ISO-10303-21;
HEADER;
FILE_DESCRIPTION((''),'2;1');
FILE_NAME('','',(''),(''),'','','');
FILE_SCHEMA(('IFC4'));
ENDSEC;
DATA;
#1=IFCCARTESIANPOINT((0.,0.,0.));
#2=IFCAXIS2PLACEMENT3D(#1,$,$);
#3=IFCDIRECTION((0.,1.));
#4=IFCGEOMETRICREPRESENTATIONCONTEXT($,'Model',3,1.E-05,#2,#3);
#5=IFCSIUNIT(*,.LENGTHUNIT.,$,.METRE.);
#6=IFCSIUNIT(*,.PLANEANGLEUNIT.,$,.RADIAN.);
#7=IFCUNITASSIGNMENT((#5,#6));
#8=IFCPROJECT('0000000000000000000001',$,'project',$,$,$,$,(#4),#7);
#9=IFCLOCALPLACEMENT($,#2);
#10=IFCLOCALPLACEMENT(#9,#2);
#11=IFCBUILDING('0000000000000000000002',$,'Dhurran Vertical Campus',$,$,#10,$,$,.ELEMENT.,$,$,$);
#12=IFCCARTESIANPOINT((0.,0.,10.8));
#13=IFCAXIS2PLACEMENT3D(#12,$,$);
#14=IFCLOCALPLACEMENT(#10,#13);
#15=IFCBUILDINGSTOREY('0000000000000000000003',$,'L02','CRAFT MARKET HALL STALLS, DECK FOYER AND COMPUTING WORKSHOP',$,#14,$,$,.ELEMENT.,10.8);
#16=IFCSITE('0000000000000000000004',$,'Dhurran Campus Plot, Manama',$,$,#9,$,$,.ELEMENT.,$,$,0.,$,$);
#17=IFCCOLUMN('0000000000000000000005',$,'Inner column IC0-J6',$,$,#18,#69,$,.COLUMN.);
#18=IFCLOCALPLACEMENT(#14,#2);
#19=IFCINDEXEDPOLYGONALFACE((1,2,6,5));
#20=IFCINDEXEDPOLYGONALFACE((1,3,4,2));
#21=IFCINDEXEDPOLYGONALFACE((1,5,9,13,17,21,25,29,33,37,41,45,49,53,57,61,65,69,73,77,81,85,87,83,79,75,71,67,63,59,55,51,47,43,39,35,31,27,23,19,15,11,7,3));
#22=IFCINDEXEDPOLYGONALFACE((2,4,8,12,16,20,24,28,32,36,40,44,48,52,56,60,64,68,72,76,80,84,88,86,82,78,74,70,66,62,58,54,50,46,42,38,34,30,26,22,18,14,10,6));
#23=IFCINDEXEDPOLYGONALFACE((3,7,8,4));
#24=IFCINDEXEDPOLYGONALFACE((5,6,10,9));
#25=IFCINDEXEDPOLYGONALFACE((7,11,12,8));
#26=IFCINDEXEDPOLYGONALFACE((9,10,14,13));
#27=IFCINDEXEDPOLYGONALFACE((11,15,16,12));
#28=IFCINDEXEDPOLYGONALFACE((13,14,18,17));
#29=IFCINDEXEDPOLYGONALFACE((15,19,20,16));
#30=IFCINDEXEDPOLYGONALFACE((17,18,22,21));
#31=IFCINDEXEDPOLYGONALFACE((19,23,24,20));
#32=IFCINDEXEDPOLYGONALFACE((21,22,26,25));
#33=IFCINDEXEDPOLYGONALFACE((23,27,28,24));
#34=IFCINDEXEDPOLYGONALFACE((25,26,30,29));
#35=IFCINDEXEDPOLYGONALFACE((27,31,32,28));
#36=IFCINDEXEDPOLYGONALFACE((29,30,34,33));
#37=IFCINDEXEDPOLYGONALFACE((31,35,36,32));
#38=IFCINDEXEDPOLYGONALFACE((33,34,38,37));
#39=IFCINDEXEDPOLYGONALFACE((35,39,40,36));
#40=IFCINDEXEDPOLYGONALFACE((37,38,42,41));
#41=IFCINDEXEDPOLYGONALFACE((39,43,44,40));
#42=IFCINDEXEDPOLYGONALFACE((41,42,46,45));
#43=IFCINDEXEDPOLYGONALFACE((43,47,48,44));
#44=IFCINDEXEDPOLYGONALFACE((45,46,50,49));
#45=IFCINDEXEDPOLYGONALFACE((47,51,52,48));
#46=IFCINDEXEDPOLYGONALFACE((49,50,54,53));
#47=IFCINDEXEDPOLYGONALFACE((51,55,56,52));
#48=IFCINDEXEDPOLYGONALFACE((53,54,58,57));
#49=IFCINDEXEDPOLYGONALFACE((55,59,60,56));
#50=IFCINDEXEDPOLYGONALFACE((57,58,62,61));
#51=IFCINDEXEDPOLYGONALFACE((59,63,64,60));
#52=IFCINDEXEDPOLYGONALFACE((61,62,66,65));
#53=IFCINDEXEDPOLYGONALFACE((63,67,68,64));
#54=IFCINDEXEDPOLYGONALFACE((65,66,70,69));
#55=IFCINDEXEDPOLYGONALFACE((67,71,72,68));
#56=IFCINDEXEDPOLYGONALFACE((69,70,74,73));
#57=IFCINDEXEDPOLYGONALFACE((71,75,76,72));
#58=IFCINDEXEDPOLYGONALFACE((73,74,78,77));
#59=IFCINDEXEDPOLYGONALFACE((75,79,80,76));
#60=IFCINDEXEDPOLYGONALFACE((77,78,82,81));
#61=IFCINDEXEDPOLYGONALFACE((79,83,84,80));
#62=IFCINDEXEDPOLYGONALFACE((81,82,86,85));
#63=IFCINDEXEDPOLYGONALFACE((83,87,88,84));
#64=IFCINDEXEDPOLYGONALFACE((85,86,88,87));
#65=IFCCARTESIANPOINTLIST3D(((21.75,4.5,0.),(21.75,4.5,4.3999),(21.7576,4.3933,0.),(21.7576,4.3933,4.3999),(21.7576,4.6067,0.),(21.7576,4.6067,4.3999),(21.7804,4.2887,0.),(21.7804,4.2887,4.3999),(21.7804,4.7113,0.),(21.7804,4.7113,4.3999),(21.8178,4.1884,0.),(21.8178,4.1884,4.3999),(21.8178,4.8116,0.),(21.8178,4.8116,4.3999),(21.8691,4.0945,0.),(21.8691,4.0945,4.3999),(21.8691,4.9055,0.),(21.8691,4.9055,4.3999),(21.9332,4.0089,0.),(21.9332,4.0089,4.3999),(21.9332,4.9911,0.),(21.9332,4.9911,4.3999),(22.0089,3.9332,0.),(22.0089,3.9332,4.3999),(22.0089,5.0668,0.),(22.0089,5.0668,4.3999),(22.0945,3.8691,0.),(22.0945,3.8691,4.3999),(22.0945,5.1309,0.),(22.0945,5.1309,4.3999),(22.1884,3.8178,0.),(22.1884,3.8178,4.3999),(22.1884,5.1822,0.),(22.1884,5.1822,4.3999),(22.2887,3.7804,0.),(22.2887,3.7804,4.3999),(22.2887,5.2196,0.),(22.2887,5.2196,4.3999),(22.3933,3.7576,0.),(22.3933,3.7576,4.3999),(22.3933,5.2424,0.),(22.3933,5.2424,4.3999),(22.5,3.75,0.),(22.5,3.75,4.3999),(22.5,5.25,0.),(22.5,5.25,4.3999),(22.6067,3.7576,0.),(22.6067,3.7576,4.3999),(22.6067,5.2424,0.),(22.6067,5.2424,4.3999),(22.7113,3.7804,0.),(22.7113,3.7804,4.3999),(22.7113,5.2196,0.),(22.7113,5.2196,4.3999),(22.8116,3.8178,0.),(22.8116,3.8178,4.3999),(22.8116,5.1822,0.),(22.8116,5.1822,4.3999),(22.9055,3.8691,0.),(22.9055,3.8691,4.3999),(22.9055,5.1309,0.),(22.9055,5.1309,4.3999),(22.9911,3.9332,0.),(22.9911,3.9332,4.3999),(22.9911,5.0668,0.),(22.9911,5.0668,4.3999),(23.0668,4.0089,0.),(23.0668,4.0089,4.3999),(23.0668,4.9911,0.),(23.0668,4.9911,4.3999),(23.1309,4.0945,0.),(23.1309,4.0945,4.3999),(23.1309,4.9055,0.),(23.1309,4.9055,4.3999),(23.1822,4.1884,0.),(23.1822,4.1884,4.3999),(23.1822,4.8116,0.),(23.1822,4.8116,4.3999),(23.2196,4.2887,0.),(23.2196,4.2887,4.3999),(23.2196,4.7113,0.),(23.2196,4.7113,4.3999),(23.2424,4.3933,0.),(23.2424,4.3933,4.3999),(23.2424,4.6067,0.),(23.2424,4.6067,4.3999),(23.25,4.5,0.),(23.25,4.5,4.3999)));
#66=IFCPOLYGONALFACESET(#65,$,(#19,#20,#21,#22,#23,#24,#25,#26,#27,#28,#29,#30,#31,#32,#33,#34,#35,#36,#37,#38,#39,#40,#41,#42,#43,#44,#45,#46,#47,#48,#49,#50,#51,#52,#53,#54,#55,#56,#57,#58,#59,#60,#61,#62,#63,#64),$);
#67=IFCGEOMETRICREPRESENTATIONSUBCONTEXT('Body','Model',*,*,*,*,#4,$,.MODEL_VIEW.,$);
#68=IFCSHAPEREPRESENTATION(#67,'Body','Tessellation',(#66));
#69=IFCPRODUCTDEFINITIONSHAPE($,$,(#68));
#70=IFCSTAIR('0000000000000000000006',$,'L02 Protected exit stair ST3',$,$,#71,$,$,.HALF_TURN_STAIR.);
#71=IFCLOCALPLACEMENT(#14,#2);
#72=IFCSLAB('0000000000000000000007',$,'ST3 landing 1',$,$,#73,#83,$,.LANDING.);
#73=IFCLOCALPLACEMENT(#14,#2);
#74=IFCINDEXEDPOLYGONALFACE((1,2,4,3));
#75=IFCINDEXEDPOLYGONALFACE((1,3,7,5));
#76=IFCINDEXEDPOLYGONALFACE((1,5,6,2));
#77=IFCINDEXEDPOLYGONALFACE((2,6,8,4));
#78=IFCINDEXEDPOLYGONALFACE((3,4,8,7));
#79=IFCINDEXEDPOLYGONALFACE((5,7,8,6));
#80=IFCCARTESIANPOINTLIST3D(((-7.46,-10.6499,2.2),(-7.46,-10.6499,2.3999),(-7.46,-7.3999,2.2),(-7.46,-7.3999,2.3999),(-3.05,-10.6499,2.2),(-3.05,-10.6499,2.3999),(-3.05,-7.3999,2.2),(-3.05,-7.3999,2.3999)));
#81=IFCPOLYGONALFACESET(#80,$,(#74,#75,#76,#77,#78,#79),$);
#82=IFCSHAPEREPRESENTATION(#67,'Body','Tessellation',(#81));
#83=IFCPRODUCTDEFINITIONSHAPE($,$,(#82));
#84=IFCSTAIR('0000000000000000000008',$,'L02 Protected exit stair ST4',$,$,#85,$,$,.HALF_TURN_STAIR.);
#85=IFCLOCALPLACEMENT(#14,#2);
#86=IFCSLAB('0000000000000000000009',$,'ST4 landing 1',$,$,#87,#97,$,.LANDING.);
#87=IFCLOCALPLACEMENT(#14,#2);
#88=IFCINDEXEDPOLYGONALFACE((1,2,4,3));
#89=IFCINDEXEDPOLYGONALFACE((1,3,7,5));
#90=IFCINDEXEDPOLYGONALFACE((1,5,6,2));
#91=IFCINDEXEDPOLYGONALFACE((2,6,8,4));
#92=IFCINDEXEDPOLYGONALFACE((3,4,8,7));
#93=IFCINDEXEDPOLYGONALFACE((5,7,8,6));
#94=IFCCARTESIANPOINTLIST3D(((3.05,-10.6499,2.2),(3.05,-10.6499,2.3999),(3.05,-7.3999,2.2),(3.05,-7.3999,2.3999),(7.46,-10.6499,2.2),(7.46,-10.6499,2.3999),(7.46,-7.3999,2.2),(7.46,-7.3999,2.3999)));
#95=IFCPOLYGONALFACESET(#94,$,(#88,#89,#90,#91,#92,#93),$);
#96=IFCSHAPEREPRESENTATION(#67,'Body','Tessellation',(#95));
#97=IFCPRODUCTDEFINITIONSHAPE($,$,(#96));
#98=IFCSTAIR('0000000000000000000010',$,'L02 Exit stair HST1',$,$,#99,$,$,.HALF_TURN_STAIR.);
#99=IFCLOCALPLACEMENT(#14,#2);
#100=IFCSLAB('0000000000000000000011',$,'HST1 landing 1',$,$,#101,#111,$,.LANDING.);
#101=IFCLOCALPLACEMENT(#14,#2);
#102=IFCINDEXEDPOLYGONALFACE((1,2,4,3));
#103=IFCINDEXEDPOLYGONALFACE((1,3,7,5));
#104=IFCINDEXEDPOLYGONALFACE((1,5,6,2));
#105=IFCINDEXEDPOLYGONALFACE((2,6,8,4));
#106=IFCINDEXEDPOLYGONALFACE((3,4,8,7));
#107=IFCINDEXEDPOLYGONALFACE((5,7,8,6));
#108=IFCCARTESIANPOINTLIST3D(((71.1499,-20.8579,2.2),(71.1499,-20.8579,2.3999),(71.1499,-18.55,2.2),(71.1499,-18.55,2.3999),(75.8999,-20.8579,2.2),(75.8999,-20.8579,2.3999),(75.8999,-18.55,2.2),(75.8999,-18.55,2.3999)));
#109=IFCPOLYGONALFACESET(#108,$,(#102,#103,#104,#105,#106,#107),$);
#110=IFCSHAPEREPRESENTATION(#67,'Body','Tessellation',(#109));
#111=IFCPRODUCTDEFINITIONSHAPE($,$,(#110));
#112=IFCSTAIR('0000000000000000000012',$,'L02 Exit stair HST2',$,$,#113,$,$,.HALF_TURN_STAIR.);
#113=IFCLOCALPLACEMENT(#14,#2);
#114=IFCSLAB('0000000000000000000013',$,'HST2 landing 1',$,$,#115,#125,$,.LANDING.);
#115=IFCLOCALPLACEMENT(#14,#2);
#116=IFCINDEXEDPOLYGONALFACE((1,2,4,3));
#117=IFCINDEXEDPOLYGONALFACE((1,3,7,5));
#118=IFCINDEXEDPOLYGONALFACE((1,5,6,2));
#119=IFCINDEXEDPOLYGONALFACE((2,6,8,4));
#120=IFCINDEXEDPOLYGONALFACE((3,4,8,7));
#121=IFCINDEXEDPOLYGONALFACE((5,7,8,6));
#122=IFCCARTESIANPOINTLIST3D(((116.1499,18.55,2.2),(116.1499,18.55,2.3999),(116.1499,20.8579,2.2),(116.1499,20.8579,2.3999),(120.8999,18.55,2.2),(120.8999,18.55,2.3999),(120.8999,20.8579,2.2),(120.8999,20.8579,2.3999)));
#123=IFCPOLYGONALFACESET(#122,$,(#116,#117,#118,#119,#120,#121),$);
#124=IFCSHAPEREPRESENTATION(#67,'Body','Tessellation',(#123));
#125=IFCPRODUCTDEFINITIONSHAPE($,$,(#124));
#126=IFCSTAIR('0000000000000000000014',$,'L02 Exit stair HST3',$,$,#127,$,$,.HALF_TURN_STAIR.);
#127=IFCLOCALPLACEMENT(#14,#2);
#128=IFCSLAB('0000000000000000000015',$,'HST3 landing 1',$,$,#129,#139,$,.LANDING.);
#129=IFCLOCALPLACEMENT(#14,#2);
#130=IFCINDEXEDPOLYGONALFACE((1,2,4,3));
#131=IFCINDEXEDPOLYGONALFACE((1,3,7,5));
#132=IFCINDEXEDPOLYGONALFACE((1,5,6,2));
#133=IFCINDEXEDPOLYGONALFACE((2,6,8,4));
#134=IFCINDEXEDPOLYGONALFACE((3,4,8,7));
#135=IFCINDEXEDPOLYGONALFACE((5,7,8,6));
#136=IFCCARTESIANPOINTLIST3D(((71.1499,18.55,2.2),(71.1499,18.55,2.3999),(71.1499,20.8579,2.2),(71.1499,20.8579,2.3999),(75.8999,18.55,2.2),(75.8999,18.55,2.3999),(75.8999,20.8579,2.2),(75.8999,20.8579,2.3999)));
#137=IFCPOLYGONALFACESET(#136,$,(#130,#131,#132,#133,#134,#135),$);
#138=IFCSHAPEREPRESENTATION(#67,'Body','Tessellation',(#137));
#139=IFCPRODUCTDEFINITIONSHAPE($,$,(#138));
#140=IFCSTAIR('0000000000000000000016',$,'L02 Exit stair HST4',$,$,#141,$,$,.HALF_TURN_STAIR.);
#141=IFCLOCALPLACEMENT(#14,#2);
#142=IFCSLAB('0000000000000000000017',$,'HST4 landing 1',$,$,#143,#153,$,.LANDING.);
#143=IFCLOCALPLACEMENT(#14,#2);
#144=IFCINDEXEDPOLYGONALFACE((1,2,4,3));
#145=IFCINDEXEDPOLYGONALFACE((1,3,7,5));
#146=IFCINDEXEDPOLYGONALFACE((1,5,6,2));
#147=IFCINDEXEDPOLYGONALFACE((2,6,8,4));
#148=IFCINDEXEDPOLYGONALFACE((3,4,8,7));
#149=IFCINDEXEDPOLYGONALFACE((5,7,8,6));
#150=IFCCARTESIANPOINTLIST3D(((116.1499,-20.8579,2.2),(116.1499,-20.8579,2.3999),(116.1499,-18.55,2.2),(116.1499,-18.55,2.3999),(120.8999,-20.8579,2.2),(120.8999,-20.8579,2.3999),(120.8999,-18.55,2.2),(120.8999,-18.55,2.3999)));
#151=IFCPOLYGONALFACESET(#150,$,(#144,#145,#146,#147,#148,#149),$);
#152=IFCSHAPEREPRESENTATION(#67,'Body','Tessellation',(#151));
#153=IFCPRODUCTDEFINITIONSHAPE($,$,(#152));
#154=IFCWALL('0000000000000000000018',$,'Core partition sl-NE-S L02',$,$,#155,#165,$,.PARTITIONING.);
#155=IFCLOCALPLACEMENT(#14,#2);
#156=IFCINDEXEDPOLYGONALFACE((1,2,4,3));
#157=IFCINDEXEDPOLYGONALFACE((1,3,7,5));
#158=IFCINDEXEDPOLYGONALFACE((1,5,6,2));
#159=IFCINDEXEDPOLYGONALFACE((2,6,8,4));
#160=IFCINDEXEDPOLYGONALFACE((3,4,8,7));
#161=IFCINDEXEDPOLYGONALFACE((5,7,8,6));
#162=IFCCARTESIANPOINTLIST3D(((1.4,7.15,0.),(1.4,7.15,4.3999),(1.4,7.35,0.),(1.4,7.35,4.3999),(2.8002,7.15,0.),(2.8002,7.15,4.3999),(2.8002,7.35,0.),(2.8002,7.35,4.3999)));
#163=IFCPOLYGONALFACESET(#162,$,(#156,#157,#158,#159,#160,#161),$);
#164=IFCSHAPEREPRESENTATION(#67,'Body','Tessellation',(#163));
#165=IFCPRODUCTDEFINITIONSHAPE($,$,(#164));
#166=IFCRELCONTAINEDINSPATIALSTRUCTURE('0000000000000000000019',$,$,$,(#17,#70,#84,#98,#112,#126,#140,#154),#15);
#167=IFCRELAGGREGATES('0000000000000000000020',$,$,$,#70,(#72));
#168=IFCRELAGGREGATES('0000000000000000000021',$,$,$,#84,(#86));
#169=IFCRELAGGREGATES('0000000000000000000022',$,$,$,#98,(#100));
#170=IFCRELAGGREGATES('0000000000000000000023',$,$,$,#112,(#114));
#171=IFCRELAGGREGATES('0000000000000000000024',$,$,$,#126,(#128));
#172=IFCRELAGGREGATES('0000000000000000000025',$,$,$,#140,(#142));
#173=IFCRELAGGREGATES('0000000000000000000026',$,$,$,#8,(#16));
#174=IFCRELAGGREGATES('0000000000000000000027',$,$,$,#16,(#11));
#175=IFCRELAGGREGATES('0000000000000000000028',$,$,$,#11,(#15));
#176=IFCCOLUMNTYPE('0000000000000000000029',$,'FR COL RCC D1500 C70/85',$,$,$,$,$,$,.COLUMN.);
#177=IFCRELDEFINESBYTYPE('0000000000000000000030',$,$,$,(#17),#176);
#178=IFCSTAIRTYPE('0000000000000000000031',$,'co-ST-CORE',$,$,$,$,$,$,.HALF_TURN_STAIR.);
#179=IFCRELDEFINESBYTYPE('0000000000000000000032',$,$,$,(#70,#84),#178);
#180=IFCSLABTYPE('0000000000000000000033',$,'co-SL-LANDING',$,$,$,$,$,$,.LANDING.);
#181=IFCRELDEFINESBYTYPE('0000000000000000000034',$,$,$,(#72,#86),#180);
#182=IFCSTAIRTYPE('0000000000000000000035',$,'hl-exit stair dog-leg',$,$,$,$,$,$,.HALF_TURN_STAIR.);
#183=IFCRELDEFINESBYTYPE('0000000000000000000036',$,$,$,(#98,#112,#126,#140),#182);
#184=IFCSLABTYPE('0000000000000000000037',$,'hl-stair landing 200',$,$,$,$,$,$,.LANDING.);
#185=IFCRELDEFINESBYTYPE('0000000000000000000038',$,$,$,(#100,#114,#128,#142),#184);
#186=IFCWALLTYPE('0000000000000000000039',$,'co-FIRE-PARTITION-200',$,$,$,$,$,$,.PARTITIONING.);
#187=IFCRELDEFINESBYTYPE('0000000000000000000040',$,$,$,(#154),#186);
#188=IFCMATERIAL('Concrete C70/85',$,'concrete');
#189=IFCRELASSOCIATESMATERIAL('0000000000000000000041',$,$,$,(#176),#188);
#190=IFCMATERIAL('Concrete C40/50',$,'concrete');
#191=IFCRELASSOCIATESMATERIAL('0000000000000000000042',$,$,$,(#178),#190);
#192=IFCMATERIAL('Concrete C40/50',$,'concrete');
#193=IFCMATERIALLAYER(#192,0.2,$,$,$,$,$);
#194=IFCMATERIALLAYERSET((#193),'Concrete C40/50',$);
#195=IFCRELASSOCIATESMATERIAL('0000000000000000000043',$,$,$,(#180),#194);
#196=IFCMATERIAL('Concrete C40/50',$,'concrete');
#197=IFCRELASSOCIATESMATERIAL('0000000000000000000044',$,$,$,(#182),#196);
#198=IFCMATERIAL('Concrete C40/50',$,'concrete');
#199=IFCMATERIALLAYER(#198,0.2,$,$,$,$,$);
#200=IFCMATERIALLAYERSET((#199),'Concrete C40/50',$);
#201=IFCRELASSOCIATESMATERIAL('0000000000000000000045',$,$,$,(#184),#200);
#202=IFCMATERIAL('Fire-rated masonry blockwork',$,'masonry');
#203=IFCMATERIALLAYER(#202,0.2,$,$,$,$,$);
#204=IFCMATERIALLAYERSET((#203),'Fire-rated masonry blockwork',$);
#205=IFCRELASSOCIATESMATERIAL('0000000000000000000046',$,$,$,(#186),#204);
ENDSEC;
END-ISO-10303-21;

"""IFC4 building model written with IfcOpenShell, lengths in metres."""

from ifc_helpers import new_model, si_unit, direction, frame, frame_2d, origin, origin_2d, place, context, subcontext, project, spatial, polyline, rectangle, circle, outline, extrude, material, layer, layer_set, material_profile, profile_set, type_object, element, aggregate, save


model = new_model("IFC4")

# Units and contexts
model_context = context("Model", 3, precision=1e-05, world=origin(), true_north=direction((0.0, 1.0)))
body_context = subcontext(model_context, "Body", "Model", "MODEL_VIEW")
ifc_project = project(units=[si_unit("LENGTHUNIT", "METRE"), si_unit("PLANEANGLEUNIT", "RADIAN")], contexts=[model_context])

# Site, building, storey
site_placement = place(None, origin())
site = spatial("IfcSite", under=ifc_project, at=site_placement, Name="Dhurran Campus Plot, Manama", CompositionType="ELEMENT", RefElevation=0.0)
building_placement = place(site_placement, origin())
building = spatial("IfcBuilding", under=site, at=building_placement, Name="Dhurran Vertical Campus", CompositionType="ELEMENT")
storey_placement = place(building_placement, frame((0.0, 0.0, 10.8)))
storey = spatial("IfcBuildingStorey", under=building, at=storey_placement, Name="L02", Description="CRAFT MARKET HALL STALLS, DECK FOYER AND COMPUTING WORKSHOP", CompositionType="ELEMENT", Elevation=10.8)

# Column
ifc_material_1 = material(Name="Concrete C70/85", Category="concrete")
ifc_material_profile = material_profile(ifc_material_1, circle(Radius=0.75, at=origin_2d()), Name="RCC D1500")
ifc_profile_set = profile_set([ifc_material_profile], Name="Concrete C70/85")
column_type = type_object("IfcColumnType", Name="FR COL RCC D1500 C70/85", PredefinedType="COLUMN", material=ifc_profile_set)
column_placement = place(storey_placement, frame((22.5, 4.5, 0.0), z_axis=(0.0, 0.0, 1.0), x_axis=(1.0, 0.0, 0.0)))
element("IfcColumn", 1, at=column_placement, inside=storey, type_object=column_type, Name="Inner column IC0-J6", PredefinedType="COLUMN", context=body_context, shape_type="SweptSolid", body=[
    extrude(circle(Radius=0.75, at=origin_2d()), origin(), (0.0, 0.0, 1.0), 4.3999),
])

# Stairs, slabs
ifc_material_2 = material(Name="Concrete C40/50", Category="concrete")
stair_type_1 = type_object("IfcStairType", Name="co-ST-CORE", PredefinedType="HALF_TURN_STAIR", material=ifc_material_2)
stair_1_placement = place(storey_placement, origin())
stair_1 = element("IfcStair", 2, at=stair_1_placement, inside=storey, type_object=stair_type_1, Name="L02 Protected exit stair ST3", PredefinedType="HALF_TURN_STAIR")
ifc_material_3 = material(Name="Concrete C40/50", Category="concrete")
ifc_layer_1 = layer(ifc_material_3, 0.2)
ifc_layer_set_1 = layer_set([ifc_layer_1], Name="Concrete C40/50")
slab_type_1 = type_object("IfcSlabType", Name="co-SL-LANDING", PredefinedType="LANDING", material=ifc_layer_set_1)
slab_1_placement = place(storey_placement, frame((0.0, 0.0, 2.2)))
slab_1 = element("IfcSlab", 3, at=slab_1_placement, type_object=slab_type_1, Name="ST3 landing 1", PredefinedType="LANDING", context=body_context, shape_type="SweptSolid", body=[
    extrude(outline(polyline([(-7.46, -10.6499), (-3.05, -10.6499), (-3.05, -7.3999), (-7.46, -7.3999), (-7.46, -10.6499)])), origin(), (0.0, 0.0, 1.0), 0.2),
])
aggregate(stair_1, [slab_1])
stair_2_placement = place(storey_placement, origin())
stair_2 = element("IfcStair", 4, at=stair_2_placement, inside=storey, type_object=stair_type_1, Name="L02 Protected exit stair ST4", PredefinedType="HALF_TURN_STAIR")
slab_2_placement = place(storey_placement, frame((0.0, 0.0, 2.2)))
slab_2 = element("IfcSlab", 5, at=slab_2_placement, type_object=slab_type_1, Name="ST4 landing 1", PredefinedType="LANDING", context=body_context, shape_type="SweptSolid", body=[
    extrude(outline(polyline([(7.46, -7.3999), (3.05, -7.3999), (3.05, -10.6499), (7.46, -10.6499), (7.46, -7.3999)])), origin(), (0.0, 0.0, 1.0), 0.2),
])
aggregate(stair_2, [slab_2])
ifc_material_4 = material(Name="Concrete C40/50", Category="concrete")
stair_type_2 = type_object("IfcStairType", Name="hl-exit stair dog-leg", PredefinedType="HALF_TURN_STAIR", material=ifc_material_4)
stair_3_placement = place(storey_placement, origin())
stair_3 = element("IfcStair", 6, at=stair_3_placement, inside=storey, type_object=stair_type_2, Name="L02 Exit stair HST1", PredefinedType="HALF_TURN_STAIR")
ifc_material_5 = material(Name="Concrete C40/50", Category="concrete")
ifc_layer_2 = layer(ifc_material_5, 0.2)
ifc_layer_set_2 = layer_set([ifc_layer_2], Name="Concrete C40/50")
slab_type_2 = type_object("IfcSlabType", Name="hl-stair landing 200", PredefinedType="LANDING", material=ifc_layer_set_2)
slab_3_placement = place(storey_placement, frame((0.0, 0.0, 2.2)))
slab_3 = element("IfcSlab", 7, at=slab_3_placement, type_object=slab_type_2, Name="HST1 landing 1", PredefinedType="LANDING", context=body_context, shape_type="SweptSolid", body=[
    extrude(outline(polyline([(75.8999, -20.8579), (75.8999, -18.55), (71.1499, -18.55), (71.1499, -20.8579), (75.8999, -20.8579)])), origin(), (0.0, 0.0, 1.0), 0.2),
])
aggregate(stair_3, [slab_3])
stair_4_placement = place(storey_placement, origin())
stair_4 = element("IfcStair", 8, at=stair_4_placement, inside=storey, type_object=stair_type_2, Name="L02 Exit stair HST2", PredefinedType="HALF_TURN_STAIR")
slab_4_placement = place(storey_placement, frame((0.0, 0.0, 2.2)))
slab_4 = element("IfcSlab", 9, at=slab_4_placement, type_object=slab_type_2, Name="HST2 landing 1", PredefinedType="LANDING", context=body_context, shape_type="SweptSolid", body=[
    extrude(outline(polyline([(116.1499, 20.8579), (116.1499, 18.55), (120.8999, 18.55), (120.8999, 20.8579), (116.1499, 20.8579)])), origin(), (0.0, 0.0, 1.0), 0.2),
])
aggregate(stair_4, [slab_4])
stair_5_placement = place(storey_placement, origin())
stair_5 = element("IfcStair", 10, at=stair_5_placement, inside=storey, type_object=stair_type_2, Name="L02 Exit stair HST3", PredefinedType="HALF_TURN_STAIR")
slab_5_placement = place(storey_placement, frame((0.0, 0.0, 2.2)))
slab_5 = element("IfcSlab", 11, at=slab_5_placement, type_object=slab_type_2, Name="HST3 landing 1", PredefinedType="LANDING", context=body_context, shape_type="SweptSolid", body=[
    extrude(outline(polyline([(71.1499, 20.8579), (71.1499, 18.55), (75.8999, 18.55), (75.8999, 20.8579), (71.1499, 20.8579)])), origin(), (0.0, 0.0, 1.0), 0.2),
])
aggregate(stair_5, [slab_5])
stair_6_placement = place(storey_placement, origin())
stair_6 = element("IfcStair", 12, at=stair_6_placement, inside=storey, type_object=stair_type_2, Name="L02 Exit stair HST4", PredefinedType="HALF_TURN_STAIR")
slab_6_placement = place(storey_placement, frame((0.0, 0.0, 2.2)))
slab_6 = element("IfcSlab", 13, at=slab_6_placement, type_object=slab_type_2, Name="HST4 landing 1", PredefinedType="LANDING", context=body_context, shape_type="SweptSolid", body=[
    extrude(outline(polyline([(120.8999, -20.8579), (120.8999, -18.55), (116.1499, -18.55), (116.1499, -20.8579), (120.8999, -20.8579)])), origin(), (0.0, 0.0, 1.0), 0.2),
])
aggregate(stair_6, [slab_6])

# Wall
ifc_material_6 = material(Name="Fire-rated masonry blockwork", Category="masonry")
ifc_layer_3 = layer(ifc_material_6, 0.2)
ifc_layer_set_3 = layer_set([ifc_layer_3], Name="Fire-rated masonry blockwork")
wall_type_1 = type_object("IfcWallType", Name="co-FIRE-PARTITION-200", PredefinedType="PARTITIONING", material=ifc_layer_set_3)
wall_1_placement = place(storey_placement, frame((1.3999, 7.25, 0.0), z_axis=(0.0, 0.0, 1.0), x_axis=(1.0, 0.0, 0.0)))
element("IfcWall", 14, at=wall_1_placement, inside=storey, type_object=wall_type_1, Name="Core partition sl-NE-S L02", PredefinedType="PARTITIONING", context=body_context, shape_type="SweptSolid", body=[
    extrude(rectangle(XDim=1.4001, YDim=0.2, at=frame_2d((0.7002, 0.0))), origin(), (0.0, 0.0, 1.0), 4.3999),
])

save(model, "model.ifc")
